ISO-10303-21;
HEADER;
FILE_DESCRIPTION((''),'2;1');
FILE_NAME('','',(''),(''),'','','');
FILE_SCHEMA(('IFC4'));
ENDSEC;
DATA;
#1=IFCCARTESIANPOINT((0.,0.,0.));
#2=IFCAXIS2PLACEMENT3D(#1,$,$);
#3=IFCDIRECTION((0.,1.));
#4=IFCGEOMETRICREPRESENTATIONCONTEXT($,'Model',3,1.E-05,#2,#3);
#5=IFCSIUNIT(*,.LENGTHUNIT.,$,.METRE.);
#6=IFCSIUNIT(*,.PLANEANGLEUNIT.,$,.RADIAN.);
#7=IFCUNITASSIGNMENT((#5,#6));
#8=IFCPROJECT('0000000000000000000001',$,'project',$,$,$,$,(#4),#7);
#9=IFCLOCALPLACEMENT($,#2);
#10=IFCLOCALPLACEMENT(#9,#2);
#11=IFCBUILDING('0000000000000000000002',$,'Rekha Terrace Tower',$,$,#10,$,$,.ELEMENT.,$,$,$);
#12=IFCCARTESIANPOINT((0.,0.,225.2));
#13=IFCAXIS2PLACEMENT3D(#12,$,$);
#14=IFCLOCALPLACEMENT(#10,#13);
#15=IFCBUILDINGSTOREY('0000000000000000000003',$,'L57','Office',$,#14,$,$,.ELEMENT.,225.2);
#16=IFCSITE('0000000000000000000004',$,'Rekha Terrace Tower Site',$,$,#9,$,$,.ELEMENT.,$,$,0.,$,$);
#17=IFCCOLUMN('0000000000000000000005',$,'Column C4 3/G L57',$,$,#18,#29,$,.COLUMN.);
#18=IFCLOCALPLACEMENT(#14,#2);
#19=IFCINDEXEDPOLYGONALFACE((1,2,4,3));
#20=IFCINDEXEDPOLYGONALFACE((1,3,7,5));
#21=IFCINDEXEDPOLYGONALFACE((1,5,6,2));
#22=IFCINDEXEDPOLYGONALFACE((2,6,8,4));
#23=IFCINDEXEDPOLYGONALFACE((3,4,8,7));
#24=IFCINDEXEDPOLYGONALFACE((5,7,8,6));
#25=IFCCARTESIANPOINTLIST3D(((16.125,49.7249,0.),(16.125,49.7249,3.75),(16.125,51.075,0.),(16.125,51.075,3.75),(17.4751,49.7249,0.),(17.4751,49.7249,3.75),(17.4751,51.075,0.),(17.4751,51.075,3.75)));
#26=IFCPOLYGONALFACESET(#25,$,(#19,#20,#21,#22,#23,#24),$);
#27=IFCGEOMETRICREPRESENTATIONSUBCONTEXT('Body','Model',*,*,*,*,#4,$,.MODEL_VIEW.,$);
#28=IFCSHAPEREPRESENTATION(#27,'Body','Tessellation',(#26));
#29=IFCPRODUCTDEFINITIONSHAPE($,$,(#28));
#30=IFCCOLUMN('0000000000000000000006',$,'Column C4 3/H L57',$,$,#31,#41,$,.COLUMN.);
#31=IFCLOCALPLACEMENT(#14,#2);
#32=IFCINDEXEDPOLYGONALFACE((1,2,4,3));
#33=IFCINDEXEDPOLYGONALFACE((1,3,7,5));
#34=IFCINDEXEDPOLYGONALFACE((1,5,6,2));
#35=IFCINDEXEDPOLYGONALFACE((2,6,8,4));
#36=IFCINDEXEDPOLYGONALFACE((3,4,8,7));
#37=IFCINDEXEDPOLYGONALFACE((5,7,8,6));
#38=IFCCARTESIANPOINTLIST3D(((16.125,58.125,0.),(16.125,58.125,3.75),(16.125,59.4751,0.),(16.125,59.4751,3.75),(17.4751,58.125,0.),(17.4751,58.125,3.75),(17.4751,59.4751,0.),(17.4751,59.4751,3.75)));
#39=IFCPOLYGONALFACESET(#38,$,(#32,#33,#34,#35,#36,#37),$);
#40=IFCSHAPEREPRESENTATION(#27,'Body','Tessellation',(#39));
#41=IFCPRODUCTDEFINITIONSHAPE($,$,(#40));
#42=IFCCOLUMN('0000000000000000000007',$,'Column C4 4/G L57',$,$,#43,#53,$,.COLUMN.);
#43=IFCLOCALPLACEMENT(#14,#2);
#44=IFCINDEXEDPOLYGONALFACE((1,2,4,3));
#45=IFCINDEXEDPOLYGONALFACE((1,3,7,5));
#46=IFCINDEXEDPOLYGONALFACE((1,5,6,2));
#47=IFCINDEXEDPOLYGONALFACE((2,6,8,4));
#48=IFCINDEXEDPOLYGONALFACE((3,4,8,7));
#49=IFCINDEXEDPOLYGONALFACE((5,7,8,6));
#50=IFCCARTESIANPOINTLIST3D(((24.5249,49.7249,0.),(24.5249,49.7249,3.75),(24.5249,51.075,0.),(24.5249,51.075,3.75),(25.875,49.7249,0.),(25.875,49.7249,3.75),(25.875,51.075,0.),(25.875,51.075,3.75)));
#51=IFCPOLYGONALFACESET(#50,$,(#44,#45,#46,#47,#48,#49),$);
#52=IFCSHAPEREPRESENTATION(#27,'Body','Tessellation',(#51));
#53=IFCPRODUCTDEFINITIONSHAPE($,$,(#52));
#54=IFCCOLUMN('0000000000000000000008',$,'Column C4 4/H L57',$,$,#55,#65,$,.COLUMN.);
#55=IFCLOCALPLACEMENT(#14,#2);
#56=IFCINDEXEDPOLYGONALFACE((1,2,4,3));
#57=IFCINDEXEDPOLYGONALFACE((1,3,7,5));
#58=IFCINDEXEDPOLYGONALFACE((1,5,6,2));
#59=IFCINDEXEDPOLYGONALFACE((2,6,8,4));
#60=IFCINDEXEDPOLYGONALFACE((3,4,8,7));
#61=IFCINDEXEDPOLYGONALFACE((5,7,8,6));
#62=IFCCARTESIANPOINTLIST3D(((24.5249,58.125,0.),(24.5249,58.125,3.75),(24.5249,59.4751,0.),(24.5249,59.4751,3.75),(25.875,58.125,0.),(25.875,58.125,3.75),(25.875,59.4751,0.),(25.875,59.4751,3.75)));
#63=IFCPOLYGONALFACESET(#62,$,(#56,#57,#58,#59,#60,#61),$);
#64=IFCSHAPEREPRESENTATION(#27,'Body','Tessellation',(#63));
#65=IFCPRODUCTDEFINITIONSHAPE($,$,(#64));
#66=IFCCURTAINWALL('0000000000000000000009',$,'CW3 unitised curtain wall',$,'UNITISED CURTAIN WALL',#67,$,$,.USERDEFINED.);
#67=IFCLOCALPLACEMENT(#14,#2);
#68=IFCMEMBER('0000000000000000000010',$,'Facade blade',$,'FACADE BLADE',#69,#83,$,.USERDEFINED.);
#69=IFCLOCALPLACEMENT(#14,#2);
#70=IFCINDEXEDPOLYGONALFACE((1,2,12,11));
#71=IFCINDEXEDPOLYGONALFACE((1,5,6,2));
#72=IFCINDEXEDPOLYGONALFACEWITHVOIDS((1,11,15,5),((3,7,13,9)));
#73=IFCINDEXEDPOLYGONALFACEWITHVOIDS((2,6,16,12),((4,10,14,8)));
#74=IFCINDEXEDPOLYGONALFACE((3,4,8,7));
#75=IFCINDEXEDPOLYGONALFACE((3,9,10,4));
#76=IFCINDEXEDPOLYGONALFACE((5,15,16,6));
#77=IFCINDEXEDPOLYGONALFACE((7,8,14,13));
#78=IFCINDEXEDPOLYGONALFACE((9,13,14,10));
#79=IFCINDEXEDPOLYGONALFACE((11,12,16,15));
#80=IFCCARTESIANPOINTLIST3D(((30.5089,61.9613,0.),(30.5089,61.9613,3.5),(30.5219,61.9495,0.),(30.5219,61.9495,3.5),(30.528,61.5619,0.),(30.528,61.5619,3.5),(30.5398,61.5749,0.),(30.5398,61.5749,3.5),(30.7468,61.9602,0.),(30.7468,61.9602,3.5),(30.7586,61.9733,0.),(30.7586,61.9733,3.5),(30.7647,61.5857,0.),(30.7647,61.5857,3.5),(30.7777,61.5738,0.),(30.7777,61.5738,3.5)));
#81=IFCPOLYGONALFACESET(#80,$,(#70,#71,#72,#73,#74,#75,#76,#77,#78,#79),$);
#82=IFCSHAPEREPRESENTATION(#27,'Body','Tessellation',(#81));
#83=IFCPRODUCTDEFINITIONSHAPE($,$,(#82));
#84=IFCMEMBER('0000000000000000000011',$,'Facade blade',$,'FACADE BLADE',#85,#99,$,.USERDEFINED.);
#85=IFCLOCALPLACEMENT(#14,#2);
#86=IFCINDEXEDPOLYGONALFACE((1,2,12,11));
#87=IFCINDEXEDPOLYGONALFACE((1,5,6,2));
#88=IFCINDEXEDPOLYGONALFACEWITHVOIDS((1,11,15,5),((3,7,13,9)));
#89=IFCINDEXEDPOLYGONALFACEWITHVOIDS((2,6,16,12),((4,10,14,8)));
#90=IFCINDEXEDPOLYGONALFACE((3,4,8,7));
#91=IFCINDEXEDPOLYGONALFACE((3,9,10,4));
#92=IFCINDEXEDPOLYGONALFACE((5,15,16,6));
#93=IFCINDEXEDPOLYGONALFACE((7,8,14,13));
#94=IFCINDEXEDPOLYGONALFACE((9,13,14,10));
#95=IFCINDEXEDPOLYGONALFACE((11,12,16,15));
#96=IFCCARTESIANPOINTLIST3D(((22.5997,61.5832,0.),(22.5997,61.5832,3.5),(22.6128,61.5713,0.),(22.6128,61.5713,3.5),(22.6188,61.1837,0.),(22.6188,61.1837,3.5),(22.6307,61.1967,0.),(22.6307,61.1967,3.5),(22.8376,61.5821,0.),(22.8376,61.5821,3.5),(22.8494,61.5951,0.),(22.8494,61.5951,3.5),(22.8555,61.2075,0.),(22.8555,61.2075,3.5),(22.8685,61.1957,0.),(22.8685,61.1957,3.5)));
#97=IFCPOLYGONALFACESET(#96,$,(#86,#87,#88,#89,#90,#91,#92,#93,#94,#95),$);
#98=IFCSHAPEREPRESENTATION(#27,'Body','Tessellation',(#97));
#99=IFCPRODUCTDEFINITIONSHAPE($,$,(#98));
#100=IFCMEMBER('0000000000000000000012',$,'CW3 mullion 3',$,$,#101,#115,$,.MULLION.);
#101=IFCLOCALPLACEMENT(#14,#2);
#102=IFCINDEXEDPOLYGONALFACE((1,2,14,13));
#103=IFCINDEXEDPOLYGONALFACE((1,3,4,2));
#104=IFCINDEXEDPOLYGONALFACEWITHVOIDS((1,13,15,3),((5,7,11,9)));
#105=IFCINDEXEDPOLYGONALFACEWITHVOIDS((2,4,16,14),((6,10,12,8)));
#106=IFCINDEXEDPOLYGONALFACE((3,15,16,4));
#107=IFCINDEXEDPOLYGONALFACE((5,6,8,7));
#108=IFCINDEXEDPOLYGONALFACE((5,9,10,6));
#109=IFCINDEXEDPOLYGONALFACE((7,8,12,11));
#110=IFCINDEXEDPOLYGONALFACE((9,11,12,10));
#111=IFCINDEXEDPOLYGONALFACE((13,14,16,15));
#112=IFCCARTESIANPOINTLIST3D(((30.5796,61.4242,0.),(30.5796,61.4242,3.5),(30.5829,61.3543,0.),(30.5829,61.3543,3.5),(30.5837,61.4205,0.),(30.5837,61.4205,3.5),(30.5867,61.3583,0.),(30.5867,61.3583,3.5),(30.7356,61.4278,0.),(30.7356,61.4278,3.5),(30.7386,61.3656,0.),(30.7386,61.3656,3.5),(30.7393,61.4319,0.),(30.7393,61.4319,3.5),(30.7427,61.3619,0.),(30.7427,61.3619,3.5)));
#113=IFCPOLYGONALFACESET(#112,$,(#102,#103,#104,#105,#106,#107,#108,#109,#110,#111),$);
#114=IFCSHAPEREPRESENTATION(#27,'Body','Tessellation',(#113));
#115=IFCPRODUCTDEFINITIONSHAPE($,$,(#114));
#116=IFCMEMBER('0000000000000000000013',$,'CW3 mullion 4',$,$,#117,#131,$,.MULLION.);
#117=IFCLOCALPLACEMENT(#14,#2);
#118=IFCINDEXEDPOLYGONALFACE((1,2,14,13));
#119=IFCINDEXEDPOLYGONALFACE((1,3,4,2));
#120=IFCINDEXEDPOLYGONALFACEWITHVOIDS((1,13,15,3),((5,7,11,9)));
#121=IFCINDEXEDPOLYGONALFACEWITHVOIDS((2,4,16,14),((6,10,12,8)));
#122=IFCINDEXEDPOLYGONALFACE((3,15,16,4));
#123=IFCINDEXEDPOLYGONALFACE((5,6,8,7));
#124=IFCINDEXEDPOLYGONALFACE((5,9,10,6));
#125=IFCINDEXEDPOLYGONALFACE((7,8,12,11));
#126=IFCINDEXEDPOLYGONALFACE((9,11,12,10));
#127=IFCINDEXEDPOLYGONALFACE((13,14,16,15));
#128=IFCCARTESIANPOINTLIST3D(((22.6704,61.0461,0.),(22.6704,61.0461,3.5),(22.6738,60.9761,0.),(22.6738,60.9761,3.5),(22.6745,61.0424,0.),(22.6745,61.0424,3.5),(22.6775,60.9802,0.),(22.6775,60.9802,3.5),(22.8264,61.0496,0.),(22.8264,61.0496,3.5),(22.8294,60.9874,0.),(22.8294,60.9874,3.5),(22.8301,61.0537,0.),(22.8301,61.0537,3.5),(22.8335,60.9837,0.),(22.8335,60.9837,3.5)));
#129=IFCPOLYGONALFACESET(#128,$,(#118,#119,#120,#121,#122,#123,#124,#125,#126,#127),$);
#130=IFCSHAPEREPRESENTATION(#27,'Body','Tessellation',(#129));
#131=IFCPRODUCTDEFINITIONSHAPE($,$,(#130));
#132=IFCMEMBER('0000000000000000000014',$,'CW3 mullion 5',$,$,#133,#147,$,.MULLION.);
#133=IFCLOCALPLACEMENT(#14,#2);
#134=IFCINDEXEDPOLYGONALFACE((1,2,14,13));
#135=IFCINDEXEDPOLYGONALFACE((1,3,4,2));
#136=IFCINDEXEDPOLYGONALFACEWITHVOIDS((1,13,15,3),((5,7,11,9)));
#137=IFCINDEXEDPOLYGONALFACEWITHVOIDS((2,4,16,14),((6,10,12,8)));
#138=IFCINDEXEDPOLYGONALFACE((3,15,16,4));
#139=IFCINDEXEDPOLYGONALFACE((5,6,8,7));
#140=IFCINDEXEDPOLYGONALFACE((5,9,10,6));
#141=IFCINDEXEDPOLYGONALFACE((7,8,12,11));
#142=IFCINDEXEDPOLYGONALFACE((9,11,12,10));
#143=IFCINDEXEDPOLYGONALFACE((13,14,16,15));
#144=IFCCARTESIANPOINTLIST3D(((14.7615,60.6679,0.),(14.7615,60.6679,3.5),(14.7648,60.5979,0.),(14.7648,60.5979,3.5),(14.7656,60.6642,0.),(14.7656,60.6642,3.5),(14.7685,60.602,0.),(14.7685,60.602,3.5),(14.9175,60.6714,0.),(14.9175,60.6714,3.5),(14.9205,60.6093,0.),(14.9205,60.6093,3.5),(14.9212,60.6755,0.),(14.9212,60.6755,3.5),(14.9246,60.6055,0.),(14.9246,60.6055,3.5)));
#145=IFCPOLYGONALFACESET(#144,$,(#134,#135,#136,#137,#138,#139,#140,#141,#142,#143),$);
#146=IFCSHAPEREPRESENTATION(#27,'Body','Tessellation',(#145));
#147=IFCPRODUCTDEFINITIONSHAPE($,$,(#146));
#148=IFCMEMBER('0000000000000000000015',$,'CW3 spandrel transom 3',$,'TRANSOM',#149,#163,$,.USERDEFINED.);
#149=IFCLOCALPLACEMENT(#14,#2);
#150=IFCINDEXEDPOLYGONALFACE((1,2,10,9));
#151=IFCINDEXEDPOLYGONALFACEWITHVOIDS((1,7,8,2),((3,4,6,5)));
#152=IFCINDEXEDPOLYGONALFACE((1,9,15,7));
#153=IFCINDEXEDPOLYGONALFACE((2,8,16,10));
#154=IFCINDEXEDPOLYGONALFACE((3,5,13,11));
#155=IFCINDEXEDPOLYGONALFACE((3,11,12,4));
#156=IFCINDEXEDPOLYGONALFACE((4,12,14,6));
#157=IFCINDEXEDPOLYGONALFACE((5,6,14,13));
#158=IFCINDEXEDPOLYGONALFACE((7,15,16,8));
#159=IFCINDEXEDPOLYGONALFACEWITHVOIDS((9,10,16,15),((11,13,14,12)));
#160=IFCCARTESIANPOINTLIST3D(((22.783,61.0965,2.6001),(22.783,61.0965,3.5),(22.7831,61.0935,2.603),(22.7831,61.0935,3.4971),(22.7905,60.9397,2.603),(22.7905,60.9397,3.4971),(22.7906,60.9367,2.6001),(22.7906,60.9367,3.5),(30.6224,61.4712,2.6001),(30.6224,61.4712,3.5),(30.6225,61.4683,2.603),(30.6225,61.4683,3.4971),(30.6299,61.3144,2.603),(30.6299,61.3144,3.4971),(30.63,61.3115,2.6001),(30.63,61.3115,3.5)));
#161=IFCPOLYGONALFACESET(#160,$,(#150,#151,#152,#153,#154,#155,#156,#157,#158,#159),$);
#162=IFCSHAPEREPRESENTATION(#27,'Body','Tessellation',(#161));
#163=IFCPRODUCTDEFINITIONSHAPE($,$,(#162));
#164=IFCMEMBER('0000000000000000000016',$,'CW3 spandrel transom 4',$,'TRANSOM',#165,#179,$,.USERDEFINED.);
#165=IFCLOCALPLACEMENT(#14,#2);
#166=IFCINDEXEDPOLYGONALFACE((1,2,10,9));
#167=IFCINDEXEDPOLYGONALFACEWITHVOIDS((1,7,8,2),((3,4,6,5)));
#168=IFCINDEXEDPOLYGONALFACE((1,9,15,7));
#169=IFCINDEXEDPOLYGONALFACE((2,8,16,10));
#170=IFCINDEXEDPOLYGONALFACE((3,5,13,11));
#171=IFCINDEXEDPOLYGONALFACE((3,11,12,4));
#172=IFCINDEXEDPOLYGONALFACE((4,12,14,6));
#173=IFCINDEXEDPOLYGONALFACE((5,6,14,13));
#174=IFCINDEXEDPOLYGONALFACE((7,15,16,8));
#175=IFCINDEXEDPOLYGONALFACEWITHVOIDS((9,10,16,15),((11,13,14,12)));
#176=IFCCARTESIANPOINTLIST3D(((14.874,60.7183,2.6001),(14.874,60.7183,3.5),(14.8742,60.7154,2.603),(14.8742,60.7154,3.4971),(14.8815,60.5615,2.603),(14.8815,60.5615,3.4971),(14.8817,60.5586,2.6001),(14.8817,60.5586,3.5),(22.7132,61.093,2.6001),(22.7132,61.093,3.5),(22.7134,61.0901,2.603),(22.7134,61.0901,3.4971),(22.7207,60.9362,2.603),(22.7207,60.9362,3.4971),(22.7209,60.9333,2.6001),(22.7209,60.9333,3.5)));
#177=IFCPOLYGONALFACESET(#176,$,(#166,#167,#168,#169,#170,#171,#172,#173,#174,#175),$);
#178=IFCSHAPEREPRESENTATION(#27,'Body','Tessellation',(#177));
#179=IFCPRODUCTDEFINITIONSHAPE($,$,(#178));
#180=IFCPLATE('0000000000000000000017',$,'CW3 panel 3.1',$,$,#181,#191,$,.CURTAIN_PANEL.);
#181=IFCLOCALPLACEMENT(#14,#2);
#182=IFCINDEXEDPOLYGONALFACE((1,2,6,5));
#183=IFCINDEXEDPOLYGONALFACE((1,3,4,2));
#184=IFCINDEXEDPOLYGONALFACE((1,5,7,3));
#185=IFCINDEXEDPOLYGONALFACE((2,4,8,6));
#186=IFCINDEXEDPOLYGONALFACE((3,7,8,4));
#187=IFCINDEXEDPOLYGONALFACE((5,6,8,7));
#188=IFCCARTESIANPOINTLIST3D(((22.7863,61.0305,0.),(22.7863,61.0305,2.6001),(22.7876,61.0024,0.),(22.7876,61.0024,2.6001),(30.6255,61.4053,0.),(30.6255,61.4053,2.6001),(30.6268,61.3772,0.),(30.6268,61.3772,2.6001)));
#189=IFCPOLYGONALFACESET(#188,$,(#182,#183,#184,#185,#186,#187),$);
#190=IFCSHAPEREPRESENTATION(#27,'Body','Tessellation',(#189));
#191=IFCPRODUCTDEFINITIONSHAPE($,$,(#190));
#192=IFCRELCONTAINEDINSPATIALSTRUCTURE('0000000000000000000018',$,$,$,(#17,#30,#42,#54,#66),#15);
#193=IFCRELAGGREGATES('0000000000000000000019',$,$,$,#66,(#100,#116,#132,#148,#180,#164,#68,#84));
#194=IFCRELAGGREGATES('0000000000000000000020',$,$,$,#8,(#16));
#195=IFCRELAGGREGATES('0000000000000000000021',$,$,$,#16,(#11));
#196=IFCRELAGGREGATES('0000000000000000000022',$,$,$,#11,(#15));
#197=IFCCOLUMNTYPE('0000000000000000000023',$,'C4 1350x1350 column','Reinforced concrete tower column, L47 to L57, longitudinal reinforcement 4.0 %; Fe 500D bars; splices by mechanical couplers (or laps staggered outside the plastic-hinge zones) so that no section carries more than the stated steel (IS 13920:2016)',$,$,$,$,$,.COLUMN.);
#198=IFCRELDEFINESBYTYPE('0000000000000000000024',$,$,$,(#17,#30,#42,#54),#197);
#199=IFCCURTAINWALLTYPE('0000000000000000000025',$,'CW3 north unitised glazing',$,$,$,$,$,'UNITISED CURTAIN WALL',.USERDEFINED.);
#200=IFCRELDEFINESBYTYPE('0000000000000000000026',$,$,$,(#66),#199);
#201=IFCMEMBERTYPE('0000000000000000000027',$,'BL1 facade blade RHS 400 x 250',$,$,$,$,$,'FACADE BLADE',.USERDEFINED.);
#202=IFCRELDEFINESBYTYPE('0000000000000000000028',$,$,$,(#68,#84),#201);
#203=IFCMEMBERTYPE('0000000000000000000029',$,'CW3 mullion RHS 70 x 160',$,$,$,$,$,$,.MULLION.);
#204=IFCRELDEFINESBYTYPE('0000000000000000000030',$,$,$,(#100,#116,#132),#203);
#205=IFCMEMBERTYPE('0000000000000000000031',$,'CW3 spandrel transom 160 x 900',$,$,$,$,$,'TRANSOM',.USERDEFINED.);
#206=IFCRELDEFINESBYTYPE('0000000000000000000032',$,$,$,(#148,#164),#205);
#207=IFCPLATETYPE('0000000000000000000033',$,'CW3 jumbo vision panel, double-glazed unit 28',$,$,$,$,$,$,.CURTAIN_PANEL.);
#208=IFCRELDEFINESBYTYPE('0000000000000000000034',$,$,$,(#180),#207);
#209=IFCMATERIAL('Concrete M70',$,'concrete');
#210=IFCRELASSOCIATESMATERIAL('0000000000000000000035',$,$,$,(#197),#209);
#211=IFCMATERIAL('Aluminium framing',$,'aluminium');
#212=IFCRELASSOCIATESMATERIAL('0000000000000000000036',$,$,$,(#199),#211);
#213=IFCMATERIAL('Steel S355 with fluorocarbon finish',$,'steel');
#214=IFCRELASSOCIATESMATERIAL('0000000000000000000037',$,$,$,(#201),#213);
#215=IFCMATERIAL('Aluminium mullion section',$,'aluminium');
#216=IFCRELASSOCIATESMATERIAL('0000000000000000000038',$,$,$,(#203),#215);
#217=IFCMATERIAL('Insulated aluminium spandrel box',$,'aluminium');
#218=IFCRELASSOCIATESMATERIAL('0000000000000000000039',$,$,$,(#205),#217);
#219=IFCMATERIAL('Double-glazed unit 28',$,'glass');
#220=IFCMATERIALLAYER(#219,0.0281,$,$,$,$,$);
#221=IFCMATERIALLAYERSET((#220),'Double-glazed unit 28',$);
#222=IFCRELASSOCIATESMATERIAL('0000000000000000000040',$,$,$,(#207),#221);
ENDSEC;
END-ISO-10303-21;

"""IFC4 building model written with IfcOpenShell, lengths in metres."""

from ifc_helpers import new_model, si_unit, direction, frame, origin, origin_2d, place, context, subcontext, project, spatial, rectangle, hollow_rectangle, extrude, material, layer, layer_set, material_profile, profile_set, type_object, element, aggregate, save


model = new_model("IFC4")

# Units and contexts
model_context = context("Model", 3, precision=1e-05, world=origin(), true_north=direction((0.0, 1.0)))
body_context = subcontext(model_context, "Body", "Model", "MODEL_VIEW")
ifc_project = project(units=[si_unit("LENGTHUNIT", "METRE"), si_unit("PLANEANGLEUNIT", "RADIAN")], contexts=[model_context])

# Site, building, storey
site_placement = place(None, origin())
site = spatial("IfcSite", under=ifc_project, at=site_placement, Name="Rekha Terrace Tower Site", CompositionType="ELEMENT", RefElevation=0.0)
building_placement = place(site_placement, origin())
building = spatial("IfcBuilding", under=site, at=building_placement, Name="Rekha Terrace Tower", CompositionType="ELEMENT")
storey_placement = place(building_placement, frame((0.0, 0.0, 225.2)))
storey = spatial("IfcBuildingStorey", under=building, at=storey_placement, Name="L57", Description="Office", CompositionType="ELEMENT", Elevation=225.2)

# Columns
ifc_material_1 = material(Name="Concrete M70", Category="concrete")
ifc_material_profile_1 = material_profile(ifc_material_1, rectangle(XDim=1.3501, YDim=1.3501, at=origin_2d()), Name="RC 1350x1350")
ifc_profile_set_1 = profile_set([ifc_material_profile_1], Name="Concrete M70")
column_type = type_object("IfcColumnType", Name="C4 1350x1350 column", Description="Reinforced concrete tower column, L47 to L57, longitudinal reinforcement 4.0 %; Fe 500D bars; splices by mechanical couplers (or laps staggered outside the plastic-hinge zones) so that no section carries more than the stated steel (IS 13920:2016)", PredefinedType="COLUMN", material=ifc_profile_set_1)
for number, where, z_axis, x_axis, name in (
    (1, (16.8, 50.3999, 0.0), (0.0, 0.0, 1.0), (1.0, 0.0, 0.0), "Column C4 3/G L57"),
    (2, (16.8, 58.8, 0.0), (0.0, 0.0, 1.0), (1.0, 0.0, 0.0), "Column C4 3/H L57"),
    (3, (25.2, 50.3999, 0.0), (0.0, 0.0, 1.0), (1.0, 0.0, 0.0), "Column C4 4/G L57"),
    (4, (25.2, 58.8, 0.0), (0.0, 0.0, 1.0), (1.0, 0.0, 0.0), "Column C4 4/H L57"),
):
    element("IfcColumn", number, at=place(storey_placement, frame(where, z_axis=z_axis, x_axis=x_axis)), inside=storey, type_object=column_type, Name=name, PredefinedType="COLUMN", context=body_context, shape_type="SweptSolid", body=[
        extrude(rectangle(XDim=1.3501, YDim=1.3501, at=origin_2d()), origin(), (0.0, 0.0, 1.0), 3.75),
    ])

# Curtain wall, members, plate
ifc_material_2 = material(Name="Aluminium framing", Category="aluminium")
curtain_wall_type = type_object("IfcCurtainWallType", Name="CW3 north unitised glazing", ElementType="UNITISED CURTAIN WALL", PredefinedType="USERDEFINED", material=ifc_material_2)
curtain_wall_placement = place(storey_placement, origin())
curtain_wall = element("IfcCurtainWall", 5, at=curtain_wall_placement, inside=storey, type_object=curtain_wall_type, Name="CW3 unitised curtain wall", ObjectType="UNITISED CURTAIN WALL", PredefinedType="USERDEFINED")
ifc_material_3 = material(Name="Steel S355 with fluorocarbon finish", Category="steel")
ifc_material_profile_2 = material_profile(ifc_material_3, hollow_rectangle(XDim=0.25, YDim=0.3999, WallThickness=0.0125, at=origin_2d()), Name="RHS400x250x12.5")
ifc_profile_set_2 = profile_set([ifc_material_profile_2], Name="Steel S355 with fluorocarbon finish")
member_type_1 = type_object("IfcMemberType", Name="BL1 facade blade RHS 400 x 250", ElementType="FACADE BLADE", PredefinedType="USERDEFINED", material=ifc_profile_set_2)
member_1_placement = place(storey_placement, frame((30.6433, 61.7676, 0.0), z_axis=(0.0, 0.0, 1.0), x_axis=(-0.998859, -0.047758, 0.0)))
member_1 = element("IfcMember", 6, at=member_1_placement, type_object=member_type_1, Name="Facade blade", ObjectType="FACADE BLADE", PredefinedType="USERDEFINED", context=body_context, shape_type="SweptSolid", body=[
    extrude(hollow_rectangle(XDim=0.25, YDim=0.3999, WallThickness=0.0125, at=origin_2d()), origin(), (0.0, 0.0, 1.0), 3.5),
])
member_2_placement = place(storey_placement, frame((22.7341, 61.3894, 0.0), z_axis=(0.0, 0.0, 1.0), x_axis=(-0.998859, -0.047758, 0.0)))
member_2 = element("IfcMember", 7, at=member_2_placement, type_object=member_type_1, Name="Facade blade", ObjectType="FACADE BLADE", PredefinedType="USERDEFINED", context=body_context, shape_type="SweptSolid", body=[
    extrude(hollow_rectangle(XDim=0.25, YDim=0.3999, WallThickness=0.0125, at=origin_2d()), origin(), (0.0, 0.0, 1.0), 3.5),
])
ifc_material_4 = material(Name="Aluminium mullion section", Category="aluminium")
ifc_material_profile_3 = material_profile(ifc_material_4, hollow_rectangle(XDim=0.0701, YDim=0.1599, WallThickness=0.0039, at=origin_2d()), Name="AL RHS 70x160")
ifc_profile_set_3 = profile_set([ifc_material_profile_3], Name="Aluminium mullion section")
member_type_2 = type_object("IfcMemberType", Name="CW3 mullion RHS 70 x 160", PredefinedType="MULLION", material=ifc_profile_set_3)
member_3_placement = place(storey_placement, frame((30.6611, 61.3931, 0.0), z_axis=(0.0, 0.0, 1.0), x_axis=(0.047759, -0.998859, 0.0)))
member_3 = element("IfcMember", 8, at=member_3_placement, type_object=member_type_2, Name="CW3 mullion 3", PredefinedType="MULLION", context=body_context, shape_type="SweptSolid", body=[
    extrude(hollow_rectangle(XDim=0.0701, YDim=0.1599, WallThickness=0.0039, at=origin_2d()), origin(), (0.0, 0.0, 1.0), 3.5),
])
member_4_placement = place(storey_placement, frame((22.752, 61.0149, 0.0), z_axis=(0.0, 0.0, 1.0), x_axis=(0.047759, -0.998859, 0.0)))
member_4 = element("IfcMember", 9, at=member_4_placement, type_object=member_type_2, Name="CW3 mullion 4", PredefinedType="MULLION", context=body_context, shape_type="SweptSolid", body=[
    extrude(hollow_rectangle(XDim=0.0701, YDim=0.1599, WallThickness=0.0039, at=origin_2d()), origin(), (0.0, 0.0, 1.0), 3.5),
])
member_5_placement = place(storey_placement, frame((14.843, 60.6367, 0.0), z_axis=(0.0, 0.0, 1.0), x_axis=(0.047759, -0.998859, 0.0)))
member_5 = element("IfcMember", 10, at=member_5_placement, type_object=member_type_2, Name="CW3 mullion 5", PredefinedType="MULLION", context=body_context, shape_type="SweptSolid", body=[
    extrude(hollow_rectangle(XDim=0.0701, YDim=0.1599, WallThickness=0.0039, at=origin_2d()), origin(), (0.0, 0.0, 1.0), 3.5),
])
ifc_material_5 = material(Name="Insulated aluminium spandrel box", Category="aluminium")
ifc_material_profile_4 = material_profile(ifc_material_5, hollow_rectangle(XDim=0.1599, YDim=0.8999, WallThickness=0.0029, at=origin_2d()), Name="AL SPANDREL BOX 160x900")
ifc_profile_set_4 = profile_set([ifc_material_profile_4], Name="Insulated aluminium spandrel box")
member_type_3 = type_object("IfcMemberType", Name="CW3 spandrel transom 160 x 900", ElementType="TRANSOM", PredefinedType="USERDEFINED", material=ifc_profile_set_4)
member_6_placement = place(storey_placement, frame((30.6262, 61.3914, 3.05), z_axis=(-0.998859, -0.04775, 0.0), x_axis=(0.04775, -0.998859, 0.0)))
member_6 = element("IfcMember", 11, at=member_6_placement, type_object=member_type_3, Name="CW3 spandrel transom 3", ObjectType="TRANSOM", PredefinedType="USERDEFINED", context=body_context, shape_type="SweptSolid", body=[
    extrude(hollow_rectangle(XDim=0.1599, YDim=0.8999, WallThickness=0.0029, at=origin_2d()), origin(), (0.0, 0.0, 1.0), 7.8484),
])
member_7_placement = place(storey_placement, frame((22.717, 61.0132, 3.05), z_axis=(-0.998859, -0.047751, 0.0), x_axis=(0.047751, -0.998859, 0.0)))
member_7 = element("IfcMember", 12, at=member_7_placement, type_object=member_type_3, Name="CW3 spandrel transom 4", ObjectType="TRANSOM", PredefinedType="USERDEFINED", context=body_context, shape_type="SweptSolid", body=[
    extrude(hollow_rectangle(XDim=0.1599, YDim=0.8999, WallThickness=0.0029, at=origin_2d()), origin(), (0.0, 0.0, 1.0), 7.8481),
])
ifc_material_6 = material(Name="Double-glazed unit 28", Category="glass")
ifc_layer_1 = layer(ifc_material_6, 0.0281)
ifc_layer_set_1 = layer_set([ifc_layer_1], Name="Double-glazed unit 28")
plate_type = type_object("IfcPlateType", Name="CW3 jumbo vision panel, double-glazed unit 28", PredefinedType="CURTAIN_PANEL", material=ifc_layer_set_1)
plate_1_placement = place(storey_placement, frame((26.7065, 61.2039, 0.0), z_axis=(0.0, 0.0, 1.0), x_axis=(-0.998859, -0.047759, 0.0)))
plate_1 = element("IfcPlate", 13, at=plate_1_placement, type_object=plate_type, Name="CW3 panel 3.1", PredefinedType="CURTAIN_PANEL", context=body_context, shape_type="SweptSolid", body=[
    extrude(rectangle(XDim=7.8481, YDim=0.0281, at=origin_2d()), origin(), (0.0, 0.0, 1.0), 2.6001),
])
aggregate(curtain_wall, [member_3, member_4, member_5, member_6, plate_1, member_7, member_1, member_2])

save(model, "model.ifc")
